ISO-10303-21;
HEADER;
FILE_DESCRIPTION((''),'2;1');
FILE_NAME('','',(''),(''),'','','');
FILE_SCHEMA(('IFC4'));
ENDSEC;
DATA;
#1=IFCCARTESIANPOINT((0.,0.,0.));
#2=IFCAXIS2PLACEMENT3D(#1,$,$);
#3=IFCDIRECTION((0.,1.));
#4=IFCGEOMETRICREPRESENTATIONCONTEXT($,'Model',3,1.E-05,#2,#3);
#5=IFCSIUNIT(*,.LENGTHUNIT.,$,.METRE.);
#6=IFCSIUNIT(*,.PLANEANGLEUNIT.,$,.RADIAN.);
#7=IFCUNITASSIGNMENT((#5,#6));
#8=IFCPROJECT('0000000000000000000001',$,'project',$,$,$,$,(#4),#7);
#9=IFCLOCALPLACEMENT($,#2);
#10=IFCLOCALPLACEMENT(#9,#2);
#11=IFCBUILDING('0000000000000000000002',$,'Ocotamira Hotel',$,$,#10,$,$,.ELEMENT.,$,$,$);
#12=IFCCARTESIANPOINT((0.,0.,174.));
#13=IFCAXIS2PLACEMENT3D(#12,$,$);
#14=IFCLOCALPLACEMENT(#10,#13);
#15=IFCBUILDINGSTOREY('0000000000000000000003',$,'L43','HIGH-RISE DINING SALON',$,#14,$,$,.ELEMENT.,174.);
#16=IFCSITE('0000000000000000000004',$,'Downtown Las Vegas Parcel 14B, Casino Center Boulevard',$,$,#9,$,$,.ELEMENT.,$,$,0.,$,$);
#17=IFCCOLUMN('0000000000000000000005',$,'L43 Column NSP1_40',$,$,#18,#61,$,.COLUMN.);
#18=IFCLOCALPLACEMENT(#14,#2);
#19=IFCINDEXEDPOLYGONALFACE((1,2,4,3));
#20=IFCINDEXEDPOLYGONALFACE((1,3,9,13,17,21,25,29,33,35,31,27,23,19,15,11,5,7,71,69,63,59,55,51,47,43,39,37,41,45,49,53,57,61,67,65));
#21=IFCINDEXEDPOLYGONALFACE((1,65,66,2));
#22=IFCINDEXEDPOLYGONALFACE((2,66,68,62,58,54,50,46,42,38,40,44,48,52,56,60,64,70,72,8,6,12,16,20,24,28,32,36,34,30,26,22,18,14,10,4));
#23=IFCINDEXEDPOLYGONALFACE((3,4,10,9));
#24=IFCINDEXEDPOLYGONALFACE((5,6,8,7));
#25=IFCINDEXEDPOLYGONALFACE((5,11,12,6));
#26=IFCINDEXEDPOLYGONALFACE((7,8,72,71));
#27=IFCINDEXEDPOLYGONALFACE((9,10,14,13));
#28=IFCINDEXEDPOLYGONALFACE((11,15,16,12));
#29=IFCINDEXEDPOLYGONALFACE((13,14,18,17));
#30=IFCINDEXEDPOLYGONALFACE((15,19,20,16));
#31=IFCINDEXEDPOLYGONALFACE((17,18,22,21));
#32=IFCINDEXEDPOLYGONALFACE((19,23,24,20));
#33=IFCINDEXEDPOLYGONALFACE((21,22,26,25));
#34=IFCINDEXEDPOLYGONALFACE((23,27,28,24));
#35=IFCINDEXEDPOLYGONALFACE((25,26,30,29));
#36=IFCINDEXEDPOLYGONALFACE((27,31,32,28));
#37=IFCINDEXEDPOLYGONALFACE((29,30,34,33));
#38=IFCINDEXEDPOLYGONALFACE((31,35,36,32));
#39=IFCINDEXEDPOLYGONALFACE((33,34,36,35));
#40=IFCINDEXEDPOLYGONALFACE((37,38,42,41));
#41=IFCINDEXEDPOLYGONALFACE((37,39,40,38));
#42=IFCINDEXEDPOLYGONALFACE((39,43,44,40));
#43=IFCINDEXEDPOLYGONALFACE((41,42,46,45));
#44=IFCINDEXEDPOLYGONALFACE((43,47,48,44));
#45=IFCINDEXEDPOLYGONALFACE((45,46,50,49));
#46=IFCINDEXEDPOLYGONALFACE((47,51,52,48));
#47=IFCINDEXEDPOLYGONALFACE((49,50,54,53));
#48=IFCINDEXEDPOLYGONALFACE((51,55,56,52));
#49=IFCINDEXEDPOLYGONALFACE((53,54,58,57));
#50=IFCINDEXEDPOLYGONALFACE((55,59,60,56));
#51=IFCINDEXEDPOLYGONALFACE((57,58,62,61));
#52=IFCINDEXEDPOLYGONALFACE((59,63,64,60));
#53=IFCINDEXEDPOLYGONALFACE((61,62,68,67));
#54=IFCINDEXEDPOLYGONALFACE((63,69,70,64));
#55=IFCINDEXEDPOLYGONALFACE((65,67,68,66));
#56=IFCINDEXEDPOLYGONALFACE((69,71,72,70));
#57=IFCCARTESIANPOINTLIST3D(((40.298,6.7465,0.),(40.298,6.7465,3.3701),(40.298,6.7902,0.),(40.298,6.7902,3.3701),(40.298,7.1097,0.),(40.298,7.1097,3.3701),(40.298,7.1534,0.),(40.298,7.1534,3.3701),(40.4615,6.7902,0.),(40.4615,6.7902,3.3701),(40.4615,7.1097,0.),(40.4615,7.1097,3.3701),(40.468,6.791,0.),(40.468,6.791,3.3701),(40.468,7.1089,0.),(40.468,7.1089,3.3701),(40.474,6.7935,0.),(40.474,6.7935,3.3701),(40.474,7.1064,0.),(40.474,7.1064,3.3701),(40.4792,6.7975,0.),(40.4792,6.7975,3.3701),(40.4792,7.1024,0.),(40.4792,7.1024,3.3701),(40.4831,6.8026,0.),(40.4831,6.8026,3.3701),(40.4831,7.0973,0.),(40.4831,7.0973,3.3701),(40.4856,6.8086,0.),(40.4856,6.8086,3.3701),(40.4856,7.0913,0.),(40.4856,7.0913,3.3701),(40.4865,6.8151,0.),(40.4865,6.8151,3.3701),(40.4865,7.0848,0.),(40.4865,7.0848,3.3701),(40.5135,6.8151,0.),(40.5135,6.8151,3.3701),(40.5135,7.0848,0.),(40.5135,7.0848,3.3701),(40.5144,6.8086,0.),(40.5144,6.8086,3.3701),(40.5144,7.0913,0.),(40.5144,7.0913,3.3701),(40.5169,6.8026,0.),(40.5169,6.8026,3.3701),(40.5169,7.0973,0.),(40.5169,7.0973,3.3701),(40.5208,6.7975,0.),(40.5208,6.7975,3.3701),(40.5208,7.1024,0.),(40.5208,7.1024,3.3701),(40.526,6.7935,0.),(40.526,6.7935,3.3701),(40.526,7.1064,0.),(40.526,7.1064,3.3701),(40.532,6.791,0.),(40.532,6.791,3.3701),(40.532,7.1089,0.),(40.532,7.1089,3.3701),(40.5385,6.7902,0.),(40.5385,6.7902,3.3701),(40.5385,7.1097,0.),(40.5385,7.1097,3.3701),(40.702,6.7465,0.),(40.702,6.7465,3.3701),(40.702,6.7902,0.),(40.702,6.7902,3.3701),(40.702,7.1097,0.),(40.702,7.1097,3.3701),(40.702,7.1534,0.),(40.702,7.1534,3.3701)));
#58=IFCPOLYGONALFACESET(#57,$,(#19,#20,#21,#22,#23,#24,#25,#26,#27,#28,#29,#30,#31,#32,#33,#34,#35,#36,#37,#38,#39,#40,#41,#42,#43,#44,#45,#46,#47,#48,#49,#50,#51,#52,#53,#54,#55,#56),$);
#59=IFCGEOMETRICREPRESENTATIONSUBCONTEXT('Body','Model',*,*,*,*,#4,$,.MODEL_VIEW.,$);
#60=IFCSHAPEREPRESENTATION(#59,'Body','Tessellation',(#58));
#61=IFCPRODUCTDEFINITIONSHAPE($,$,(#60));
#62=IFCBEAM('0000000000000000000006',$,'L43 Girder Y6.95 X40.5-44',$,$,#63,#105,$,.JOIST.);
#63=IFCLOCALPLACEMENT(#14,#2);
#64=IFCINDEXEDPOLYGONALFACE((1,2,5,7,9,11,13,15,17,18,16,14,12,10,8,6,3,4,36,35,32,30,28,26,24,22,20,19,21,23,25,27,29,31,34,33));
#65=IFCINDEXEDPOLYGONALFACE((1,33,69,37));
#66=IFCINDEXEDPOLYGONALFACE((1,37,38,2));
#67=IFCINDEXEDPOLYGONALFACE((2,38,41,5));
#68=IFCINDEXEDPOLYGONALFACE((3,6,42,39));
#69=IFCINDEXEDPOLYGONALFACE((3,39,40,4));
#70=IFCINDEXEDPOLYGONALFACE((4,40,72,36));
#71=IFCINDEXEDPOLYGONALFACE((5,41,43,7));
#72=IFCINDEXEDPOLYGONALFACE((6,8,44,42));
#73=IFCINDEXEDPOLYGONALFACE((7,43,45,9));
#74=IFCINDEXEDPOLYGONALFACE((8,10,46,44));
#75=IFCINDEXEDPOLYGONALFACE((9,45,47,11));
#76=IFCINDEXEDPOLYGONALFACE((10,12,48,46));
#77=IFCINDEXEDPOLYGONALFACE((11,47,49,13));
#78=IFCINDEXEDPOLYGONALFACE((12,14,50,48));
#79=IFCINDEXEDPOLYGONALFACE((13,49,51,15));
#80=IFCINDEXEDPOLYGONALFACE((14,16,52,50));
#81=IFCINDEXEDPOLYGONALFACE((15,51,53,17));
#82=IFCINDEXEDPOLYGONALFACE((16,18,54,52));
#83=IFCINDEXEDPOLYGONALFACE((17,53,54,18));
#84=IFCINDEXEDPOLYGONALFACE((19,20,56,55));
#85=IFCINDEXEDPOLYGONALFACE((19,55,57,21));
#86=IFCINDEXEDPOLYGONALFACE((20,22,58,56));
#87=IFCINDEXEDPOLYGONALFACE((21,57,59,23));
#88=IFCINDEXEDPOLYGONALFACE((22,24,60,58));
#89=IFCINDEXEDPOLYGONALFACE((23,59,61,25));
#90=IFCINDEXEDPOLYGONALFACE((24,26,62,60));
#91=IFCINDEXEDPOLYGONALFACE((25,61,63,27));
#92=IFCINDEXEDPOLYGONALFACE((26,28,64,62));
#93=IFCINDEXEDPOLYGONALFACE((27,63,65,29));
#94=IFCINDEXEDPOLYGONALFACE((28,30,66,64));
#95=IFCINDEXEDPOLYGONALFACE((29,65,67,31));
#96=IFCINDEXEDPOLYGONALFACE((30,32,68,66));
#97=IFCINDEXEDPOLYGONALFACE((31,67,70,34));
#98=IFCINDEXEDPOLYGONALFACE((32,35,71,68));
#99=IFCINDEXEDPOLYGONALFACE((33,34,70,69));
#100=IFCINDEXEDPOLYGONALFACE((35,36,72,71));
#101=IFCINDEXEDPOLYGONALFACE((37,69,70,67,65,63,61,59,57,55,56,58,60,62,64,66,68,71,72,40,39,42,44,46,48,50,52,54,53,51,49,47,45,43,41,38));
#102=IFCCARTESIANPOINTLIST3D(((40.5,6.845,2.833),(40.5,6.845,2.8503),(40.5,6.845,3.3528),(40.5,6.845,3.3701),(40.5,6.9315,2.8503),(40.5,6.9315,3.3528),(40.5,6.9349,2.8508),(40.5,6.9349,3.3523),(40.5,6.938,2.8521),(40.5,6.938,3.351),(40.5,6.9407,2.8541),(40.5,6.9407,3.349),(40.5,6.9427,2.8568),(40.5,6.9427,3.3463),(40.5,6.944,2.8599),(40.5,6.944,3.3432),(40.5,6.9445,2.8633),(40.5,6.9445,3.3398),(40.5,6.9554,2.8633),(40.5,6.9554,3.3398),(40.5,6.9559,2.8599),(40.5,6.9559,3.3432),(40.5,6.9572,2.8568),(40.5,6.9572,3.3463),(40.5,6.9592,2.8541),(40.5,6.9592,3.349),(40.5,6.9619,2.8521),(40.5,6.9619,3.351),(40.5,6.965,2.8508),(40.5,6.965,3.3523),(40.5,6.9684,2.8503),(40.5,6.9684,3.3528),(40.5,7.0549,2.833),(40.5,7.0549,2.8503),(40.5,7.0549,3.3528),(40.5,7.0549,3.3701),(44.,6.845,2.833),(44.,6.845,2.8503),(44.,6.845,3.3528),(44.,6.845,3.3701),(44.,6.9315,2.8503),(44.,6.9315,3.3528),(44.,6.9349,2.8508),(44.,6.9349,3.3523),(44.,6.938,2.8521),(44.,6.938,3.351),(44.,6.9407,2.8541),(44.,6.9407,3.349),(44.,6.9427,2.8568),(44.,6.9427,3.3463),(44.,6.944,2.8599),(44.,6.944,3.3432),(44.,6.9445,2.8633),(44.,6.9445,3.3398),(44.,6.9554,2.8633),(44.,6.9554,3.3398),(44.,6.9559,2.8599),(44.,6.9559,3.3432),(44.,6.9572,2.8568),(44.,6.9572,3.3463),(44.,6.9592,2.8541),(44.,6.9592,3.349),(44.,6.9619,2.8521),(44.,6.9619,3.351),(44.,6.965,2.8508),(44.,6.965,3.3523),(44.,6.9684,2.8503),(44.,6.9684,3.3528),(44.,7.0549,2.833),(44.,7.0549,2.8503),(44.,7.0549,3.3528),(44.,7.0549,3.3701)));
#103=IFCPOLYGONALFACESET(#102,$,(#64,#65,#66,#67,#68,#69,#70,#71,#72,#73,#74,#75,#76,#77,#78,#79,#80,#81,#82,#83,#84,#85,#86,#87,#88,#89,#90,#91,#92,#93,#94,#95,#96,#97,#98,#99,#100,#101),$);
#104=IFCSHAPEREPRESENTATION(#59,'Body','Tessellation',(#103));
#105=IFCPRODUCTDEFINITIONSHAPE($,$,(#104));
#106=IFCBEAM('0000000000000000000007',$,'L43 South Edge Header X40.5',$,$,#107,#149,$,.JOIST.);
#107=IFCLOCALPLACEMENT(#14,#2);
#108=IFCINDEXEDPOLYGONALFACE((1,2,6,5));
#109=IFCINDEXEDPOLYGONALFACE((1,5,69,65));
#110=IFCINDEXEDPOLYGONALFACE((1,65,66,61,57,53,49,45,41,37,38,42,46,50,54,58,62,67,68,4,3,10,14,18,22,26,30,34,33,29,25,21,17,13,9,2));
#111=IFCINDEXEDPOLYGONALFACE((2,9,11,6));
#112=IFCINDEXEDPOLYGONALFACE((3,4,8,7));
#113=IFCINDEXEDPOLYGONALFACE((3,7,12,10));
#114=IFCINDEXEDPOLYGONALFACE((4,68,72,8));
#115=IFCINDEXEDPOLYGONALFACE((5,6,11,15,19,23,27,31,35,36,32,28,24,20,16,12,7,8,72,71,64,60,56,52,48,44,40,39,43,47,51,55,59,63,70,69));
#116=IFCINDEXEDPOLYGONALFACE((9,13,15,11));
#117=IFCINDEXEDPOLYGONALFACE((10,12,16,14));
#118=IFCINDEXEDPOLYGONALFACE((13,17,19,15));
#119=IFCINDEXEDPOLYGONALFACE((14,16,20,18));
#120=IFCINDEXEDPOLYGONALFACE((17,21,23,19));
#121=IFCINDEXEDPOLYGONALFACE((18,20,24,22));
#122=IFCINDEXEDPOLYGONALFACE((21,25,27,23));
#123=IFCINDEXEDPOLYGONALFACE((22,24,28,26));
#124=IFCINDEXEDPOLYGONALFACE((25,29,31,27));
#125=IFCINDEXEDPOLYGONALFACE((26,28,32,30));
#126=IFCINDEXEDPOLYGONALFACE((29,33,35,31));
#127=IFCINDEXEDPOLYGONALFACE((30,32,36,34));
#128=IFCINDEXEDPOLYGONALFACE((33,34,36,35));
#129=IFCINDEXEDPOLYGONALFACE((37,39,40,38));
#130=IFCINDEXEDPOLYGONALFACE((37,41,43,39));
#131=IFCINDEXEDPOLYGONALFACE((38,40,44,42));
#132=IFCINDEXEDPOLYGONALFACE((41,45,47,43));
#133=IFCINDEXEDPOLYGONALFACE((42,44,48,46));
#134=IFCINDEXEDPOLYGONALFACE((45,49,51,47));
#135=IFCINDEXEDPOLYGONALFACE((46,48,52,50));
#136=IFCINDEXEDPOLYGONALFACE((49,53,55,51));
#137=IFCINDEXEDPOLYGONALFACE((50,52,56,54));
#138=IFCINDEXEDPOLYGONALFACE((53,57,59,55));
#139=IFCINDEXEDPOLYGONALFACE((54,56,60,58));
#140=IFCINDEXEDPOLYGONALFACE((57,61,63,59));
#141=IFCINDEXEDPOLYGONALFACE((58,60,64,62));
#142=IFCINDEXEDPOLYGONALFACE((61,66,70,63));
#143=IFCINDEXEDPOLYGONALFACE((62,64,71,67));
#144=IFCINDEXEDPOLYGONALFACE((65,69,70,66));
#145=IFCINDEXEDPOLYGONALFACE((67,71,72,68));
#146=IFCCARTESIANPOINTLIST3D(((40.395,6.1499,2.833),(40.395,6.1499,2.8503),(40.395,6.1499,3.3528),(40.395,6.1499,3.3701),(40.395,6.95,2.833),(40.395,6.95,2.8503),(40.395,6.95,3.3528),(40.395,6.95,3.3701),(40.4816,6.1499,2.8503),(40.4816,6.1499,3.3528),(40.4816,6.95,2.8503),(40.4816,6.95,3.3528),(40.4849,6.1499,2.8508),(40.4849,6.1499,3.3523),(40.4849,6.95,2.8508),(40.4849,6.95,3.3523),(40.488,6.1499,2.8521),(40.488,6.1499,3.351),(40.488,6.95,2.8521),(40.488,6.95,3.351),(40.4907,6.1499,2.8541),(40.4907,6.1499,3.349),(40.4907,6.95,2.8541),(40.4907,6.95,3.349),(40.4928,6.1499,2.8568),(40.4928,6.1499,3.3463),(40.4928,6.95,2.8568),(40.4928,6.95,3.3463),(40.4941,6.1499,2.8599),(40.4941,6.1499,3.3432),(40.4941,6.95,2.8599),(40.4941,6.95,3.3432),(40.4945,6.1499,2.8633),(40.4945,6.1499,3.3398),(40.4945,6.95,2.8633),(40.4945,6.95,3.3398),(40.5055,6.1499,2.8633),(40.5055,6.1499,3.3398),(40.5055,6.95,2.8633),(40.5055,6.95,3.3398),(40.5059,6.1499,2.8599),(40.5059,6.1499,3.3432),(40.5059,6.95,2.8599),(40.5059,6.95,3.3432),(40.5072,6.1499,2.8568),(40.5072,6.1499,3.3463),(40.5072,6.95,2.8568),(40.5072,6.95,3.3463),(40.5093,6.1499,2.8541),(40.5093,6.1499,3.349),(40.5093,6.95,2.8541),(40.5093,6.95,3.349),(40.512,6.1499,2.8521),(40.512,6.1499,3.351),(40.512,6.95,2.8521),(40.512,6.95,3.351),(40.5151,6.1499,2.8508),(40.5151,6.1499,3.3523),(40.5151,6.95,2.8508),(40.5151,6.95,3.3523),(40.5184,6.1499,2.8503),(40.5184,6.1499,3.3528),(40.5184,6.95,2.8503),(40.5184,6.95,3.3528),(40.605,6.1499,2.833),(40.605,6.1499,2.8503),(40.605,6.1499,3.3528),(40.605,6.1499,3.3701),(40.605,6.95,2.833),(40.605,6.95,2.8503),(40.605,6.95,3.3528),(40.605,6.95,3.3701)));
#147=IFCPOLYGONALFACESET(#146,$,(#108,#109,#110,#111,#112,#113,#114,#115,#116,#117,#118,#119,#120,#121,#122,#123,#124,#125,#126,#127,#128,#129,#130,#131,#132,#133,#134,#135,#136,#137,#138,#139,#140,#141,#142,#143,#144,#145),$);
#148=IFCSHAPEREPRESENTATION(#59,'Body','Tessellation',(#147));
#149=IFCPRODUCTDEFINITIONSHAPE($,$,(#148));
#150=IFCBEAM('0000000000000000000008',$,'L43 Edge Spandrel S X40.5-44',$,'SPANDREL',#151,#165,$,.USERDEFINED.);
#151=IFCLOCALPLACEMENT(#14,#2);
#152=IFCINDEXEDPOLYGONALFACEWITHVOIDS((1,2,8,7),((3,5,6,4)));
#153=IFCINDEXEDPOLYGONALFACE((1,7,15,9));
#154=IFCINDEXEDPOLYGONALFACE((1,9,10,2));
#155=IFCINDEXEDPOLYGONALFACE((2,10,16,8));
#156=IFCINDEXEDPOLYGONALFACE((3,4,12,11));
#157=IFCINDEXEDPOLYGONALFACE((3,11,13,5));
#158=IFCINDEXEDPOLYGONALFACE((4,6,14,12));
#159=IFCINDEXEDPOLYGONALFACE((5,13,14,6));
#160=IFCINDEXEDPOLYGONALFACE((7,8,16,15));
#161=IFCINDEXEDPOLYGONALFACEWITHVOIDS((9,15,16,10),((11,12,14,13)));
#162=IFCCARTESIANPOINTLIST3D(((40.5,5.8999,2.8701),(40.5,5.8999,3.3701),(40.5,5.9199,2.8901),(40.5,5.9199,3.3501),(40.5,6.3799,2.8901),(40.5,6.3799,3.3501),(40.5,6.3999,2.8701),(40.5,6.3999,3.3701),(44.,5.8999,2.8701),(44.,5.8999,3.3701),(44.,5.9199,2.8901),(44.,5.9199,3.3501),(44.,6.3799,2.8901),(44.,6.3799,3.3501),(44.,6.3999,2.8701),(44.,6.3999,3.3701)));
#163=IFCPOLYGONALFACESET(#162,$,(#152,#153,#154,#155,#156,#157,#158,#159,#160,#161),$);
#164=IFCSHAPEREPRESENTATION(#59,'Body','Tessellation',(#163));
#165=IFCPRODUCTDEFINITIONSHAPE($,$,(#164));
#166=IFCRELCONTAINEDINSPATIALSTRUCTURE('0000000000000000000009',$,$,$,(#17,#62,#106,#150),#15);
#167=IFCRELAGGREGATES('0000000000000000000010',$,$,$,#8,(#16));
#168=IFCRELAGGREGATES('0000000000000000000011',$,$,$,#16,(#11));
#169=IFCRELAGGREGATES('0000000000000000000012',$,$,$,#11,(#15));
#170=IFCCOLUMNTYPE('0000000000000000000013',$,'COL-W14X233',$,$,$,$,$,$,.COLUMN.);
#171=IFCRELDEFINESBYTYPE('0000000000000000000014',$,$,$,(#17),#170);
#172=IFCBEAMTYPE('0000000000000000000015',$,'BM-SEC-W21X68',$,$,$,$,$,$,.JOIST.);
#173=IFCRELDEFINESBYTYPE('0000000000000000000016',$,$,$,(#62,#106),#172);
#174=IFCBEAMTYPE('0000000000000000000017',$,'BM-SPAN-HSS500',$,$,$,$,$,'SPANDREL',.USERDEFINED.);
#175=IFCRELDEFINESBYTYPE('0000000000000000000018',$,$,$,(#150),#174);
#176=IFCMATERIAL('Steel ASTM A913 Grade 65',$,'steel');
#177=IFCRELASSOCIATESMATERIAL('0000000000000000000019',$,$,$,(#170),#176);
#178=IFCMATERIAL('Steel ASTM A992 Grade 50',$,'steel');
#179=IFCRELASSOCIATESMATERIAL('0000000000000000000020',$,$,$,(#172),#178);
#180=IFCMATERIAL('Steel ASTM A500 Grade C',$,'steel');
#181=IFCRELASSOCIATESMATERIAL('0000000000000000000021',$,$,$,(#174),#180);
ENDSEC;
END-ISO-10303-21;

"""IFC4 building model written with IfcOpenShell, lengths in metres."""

from ifc_helpers import new_model, si_unit, direction, frame, origin, origin_2d, place, context, subcontext, project, spatial, hollow_rectangle, i_section, extrude, source, transform, mapped, material, material_profile, profile_set, type_object, element, save


model = new_model("IFC4")

# Units and contexts
model_context = context("Model", 3, precision=1e-05, world=origin(), true_north=direction((0.0, 1.0)))
body_context = subcontext(model_context, "Body", "Model", "MODEL_VIEW")
ifc_project = project(units=[si_unit("LENGTHUNIT", "METRE"), si_unit("PLANEANGLEUNIT", "RADIAN")], contexts=[model_context])

# Site, building, storey
site_placement = place(None, origin())
site = spatial("IfcSite", under=ifc_project, at=site_placement, Name="Downtown Las Vegas Parcel 14B, Casino Center Boulevard", CompositionType="ELEMENT", RefElevation=0.0)
building_placement = place(site_placement, origin())
building = spatial("IfcBuilding", under=site, at=building_placement, Name="Ocotamira Hotel", CompositionType="ELEMENT")
storey_placement = place(building_placement, frame((0.0, 0.0, 174.0)))
storey = spatial("IfcBuildingStorey", under=building, at=storey_placement, Name="L43", Description="HIGH-RISE DINING SALON", CompositionType="ELEMENT", Elevation=174.0)

# Column
ifc_material_1 = material(Name="Steel ASTM A913 Grade 65", Category="steel")
ifc_material_profile_1 = material_profile(ifc_material_1, i_section(OverallWidth=0.4041, OverallDepth=0.407, WebThickness=0.0271, FlangeThickness=0.0437, FilletRadius=0.0249, at=origin_2d()), Name="W14X233")
ifc_profile_set_1 = profile_set([ifc_material_profile_1], Name="Steel ASTM A913 Grade 65")
column_type = type_object("IfcColumnType", Name="COL-W14X233", PredefinedType="COLUMN", material=ifc_profile_set_1)
shared_shape_1 = source(origin(), body_context, "Body", "SweptSolid", [
    extrude(i_section(OverallWidth=0.4041, OverallDepth=0.407, WebThickness=0.0271, FlangeThickness=0.0437, FilletRadius=0.0249, at=origin_2d()), origin(), (0.0, 0.0, 1.0), 3.3701),
])
column_placement = place(storey_placement, frame((40.5, 6.95, 0.0), z_axis=(0.0, 0.0, 1.0), x_axis=(1.0, 0.0, 0.0)))
element("IfcColumn", 1, at=column_placement, inside=storey, type_object=column_type, Name="L43 Column NSP1_40", PredefinedType="COLUMN", context=body_context, shape_type="MappedRepresentation", body=[
    mapped(shared_shape_1, transform((0.0, 0.0, 0.0), scale=1.0)),
])

# Beams
ifc_material_2 = material(Name="Steel ASTM A992 Grade 50", Category="steel")
ifc_material_profile_2 = material_profile(ifc_material_2, i_section(OverallWidth=0.21, OverallDepth=0.5371, WebThickness=0.011, FlangeThickness=0.0173, FilletRadius=0.0129, at=origin_2d()), Name="W21X68")
ifc_profile_set_2 = profile_set([ifc_material_profile_2], Name="Steel ASTM A992 Grade 50")
beam_type_1 = type_object("IfcBeamType", Name="BM-SEC-W21X68", PredefinedType="JOIST", material=ifc_profile_set_2)
shared_shape_2 = source(origin(), body_context, "Body", "SweptSolid", [
    extrude(i_section(OverallWidth=0.21, OverallDepth=0.5371, WebThickness=0.011, FlangeThickness=0.0173, FilletRadius=0.0129, at=origin_2d()), origin(), (0.0, 0.0, 1.0), 3.5),
])
beam_1_placement = place(storey_placement, frame((40.5, 6.95, 3.1016), z_axis=(1.0, 0.0, 0.0), x_axis=(0.0, 1.0, 0.0)))
element("IfcBeam", 2, at=beam_1_placement, inside=storey, type_object=beam_type_1, Name="L43 Girder Y6.95 X40.5-44", PredefinedType="JOIST", context=body_context, shape_type="MappedRepresentation", body=[
    mapped(shared_shape_2, transform((0.0, 0.0, 0.0), scale=1.0)),
])
shared_shape_3 = source(origin(), body_context, "Body", "SweptSolid", [
    extrude(i_section(OverallWidth=0.21, OverallDepth=0.5371, WebThickness=0.011, FlangeThickness=0.0173, FilletRadius=0.0129, at=origin_2d()), origin(), (0.0, 0.0, 1.0), 0.8),
])
beam_2_placement = place(storey_placement, frame((40.5, 6.95, 3.1016), z_axis=(0.0, -1.0, 0.0), x_axis=(1.0, 0.0, 0.0)))
element("IfcBeam", 3, at=beam_2_placement, inside=storey, type_object=beam_type_1, Name="L43 South Edge Header X40.5", PredefinedType="JOIST", context=body_context, shape_type="MappedRepresentation", body=[
    mapped(shared_shape_3, transform((0.0, 0.0, 0.0), scale=1.0)),
])
ifc_material_3 = material(Name="Steel ASTM A500 Grade C", Category="steel")
ifc_material_profile_3 = material_profile(ifc_material_3, hollow_rectangle(XDim=0.5, YDim=0.5, WallThickness=0.02, at=origin_2d()), Name="HSS500X500X20")
ifc_profile_set_3 = profile_set([ifc_material_profile_3], Name="Steel ASTM A500 Grade C")
beam_type_2 = type_object("IfcBeamType", Name="BM-SPAN-HSS500", ElementType="SPANDREL", PredefinedType="USERDEFINED", material=ifc_profile_set_3)
shared_shape_4 = source(origin(), body_context, "Body", "SweptSolid", [
    extrude(hollow_rectangle(XDim=0.5, YDim=0.5, WallThickness=0.02, at=origin_2d()), origin(), (0.0, 0.0, 1.0), 3.5),
])
beam_3_placement = place(storey_placement, frame((40.5, 6.1499, 3.1201), z_axis=(1.0, 0.0, 0.0), x_axis=(0.0, 1.0, 0.0)))
element("IfcBeam", 4, at=beam_3_placement, inside=storey, type_object=beam_type_2, Name="L43 Edge Spandrel S X40.5-44", ObjectType="SPANDREL", PredefinedType="USERDEFINED", context=body_context, shape_type="MappedRepresentation", body=[
    mapped(shared_shape_4, transform((0.0, 0.0, 0.0), scale=1.0)),
])

save(model, "model.ifc")
